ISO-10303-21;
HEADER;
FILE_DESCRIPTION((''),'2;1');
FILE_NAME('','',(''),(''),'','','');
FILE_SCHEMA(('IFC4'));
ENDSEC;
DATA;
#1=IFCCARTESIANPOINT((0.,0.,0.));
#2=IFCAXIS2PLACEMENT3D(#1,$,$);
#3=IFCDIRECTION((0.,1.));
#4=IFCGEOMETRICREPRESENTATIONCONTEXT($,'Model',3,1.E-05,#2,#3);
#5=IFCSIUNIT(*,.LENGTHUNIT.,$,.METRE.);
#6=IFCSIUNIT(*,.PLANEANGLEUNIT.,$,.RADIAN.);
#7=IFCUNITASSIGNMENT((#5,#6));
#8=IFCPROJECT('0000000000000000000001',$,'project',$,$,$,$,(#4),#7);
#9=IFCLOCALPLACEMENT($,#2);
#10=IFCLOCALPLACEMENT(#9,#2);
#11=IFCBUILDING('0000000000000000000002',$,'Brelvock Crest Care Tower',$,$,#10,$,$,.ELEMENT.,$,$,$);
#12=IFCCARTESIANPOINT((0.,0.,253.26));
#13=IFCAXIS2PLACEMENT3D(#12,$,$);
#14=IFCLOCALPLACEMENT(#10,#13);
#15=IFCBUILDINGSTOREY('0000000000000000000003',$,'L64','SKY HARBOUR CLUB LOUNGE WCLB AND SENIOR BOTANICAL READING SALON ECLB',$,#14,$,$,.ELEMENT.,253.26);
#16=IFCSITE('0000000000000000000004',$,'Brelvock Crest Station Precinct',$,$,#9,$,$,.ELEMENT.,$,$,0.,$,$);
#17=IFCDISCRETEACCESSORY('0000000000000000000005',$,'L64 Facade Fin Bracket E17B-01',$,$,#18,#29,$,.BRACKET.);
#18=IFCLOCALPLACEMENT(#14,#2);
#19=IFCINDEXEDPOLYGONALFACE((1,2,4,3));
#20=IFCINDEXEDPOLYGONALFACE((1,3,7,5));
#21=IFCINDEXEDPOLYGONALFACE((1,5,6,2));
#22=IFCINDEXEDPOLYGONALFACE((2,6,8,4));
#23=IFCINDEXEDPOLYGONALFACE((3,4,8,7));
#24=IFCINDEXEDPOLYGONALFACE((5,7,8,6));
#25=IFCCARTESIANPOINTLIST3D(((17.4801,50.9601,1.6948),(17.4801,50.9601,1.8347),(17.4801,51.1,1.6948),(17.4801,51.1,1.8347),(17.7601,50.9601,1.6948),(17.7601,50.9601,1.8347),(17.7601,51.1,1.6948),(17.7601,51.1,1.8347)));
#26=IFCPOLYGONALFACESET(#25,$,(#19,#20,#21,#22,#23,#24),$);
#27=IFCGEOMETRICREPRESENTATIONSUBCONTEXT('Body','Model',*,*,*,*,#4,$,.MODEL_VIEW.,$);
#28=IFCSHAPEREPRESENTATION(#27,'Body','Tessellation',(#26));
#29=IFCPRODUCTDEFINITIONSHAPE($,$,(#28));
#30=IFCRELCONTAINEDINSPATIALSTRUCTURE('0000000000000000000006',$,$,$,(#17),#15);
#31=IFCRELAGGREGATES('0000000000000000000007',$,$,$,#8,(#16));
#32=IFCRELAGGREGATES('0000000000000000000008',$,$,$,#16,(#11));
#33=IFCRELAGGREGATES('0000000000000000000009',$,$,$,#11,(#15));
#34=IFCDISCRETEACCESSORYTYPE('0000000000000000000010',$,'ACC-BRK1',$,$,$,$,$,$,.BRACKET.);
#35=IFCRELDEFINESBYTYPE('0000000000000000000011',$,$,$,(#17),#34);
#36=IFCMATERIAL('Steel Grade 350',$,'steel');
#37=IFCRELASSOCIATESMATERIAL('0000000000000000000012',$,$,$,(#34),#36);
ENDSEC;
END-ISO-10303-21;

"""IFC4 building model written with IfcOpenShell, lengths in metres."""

from ifc_helpers import new_model, si_unit, direction, frame, origin, origin_2d, place, context, subcontext, project, spatial, rectangle, extrude, source, transform, mapped, material, type_object, element, save


model = new_model("IFC4")

# Units and contexts
model_context = context("Model", 3, precision=1e-05, world=origin(), true_north=direction((0.0, 1.0)))
body_context = subcontext(model_context, "Body", "Model", "MODEL_VIEW")
ifc_project = project(units=[si_unit("LENGTHUNIT", "METRE"), si_unit("PLANEANGLEUNIT", "RADIAN")], contexts=[model_context])

# Site, building, storey
site_placement = place(None, origin())
site = spatial("IfcSite", under=ifc_project, at=site_placement, Name="Brelvock Crest Station Precinct", CompositionType="ELEMENT", RefElevation=0.0)
building_placement = place(site_placement, origin())
building = spatial("IfcBuilding", under=site, at=building_placement, Name="Brelvock Crest Care Tower", CompositionType="ELEMENT")
storey_placement = place(building_placement, frame((0.0, 0.0, 253.26)))
storey = spatial("IfcBuildingStorey", under=building, at=storey_placement, Name="L64", Description="SKY HARBOUR CLUB LOUNGE WCLB AND SENIOR BOTANICAL READING SALON ECLB", CompositionType="ELEMENT", Elevation=253.26)

# Shared definitions
ifc_material_1 = material(Name="Steel Grade 350", Category="steel")

# Discrete accessory
discrete_accessory_type = type_object("IfcDiscreteAccessoryType", Name="ACC-BRK1", PredefinedType="BRACKET", material=ifc_material_1)
shared_shape_1 = source(origin(), body_context, "Body", "SweptSolid", [
    extrude(rectangle(XDim=0.28, YDim=0.1399, at=origin_2d()), origin(), (0.0, 0.0, 1.0), 0.1399),
])
for number, where, z_axis, x_axis, name in (
    (1, (17.6201, 51.03, 1.6948), (0.0, 0.0, 1.0), (-1.0, 0.0, 0.0), "L64 Facade Fin Bracket E17B-01"),
):
    element("IfcDiscreteAccessory", number, at=place(storey_placement, frame(where, z_axis=z_axis, x_axis=x_axis)), inside=storey, type_object=discrete_accessory_type, Name=name, PredefinedType="BRACKET", context=body_context, shape_type="MappedRepresentation", body=[
        mapped(shared_shape_1, transform((0.0, 0.0, 0.0), x_axis=(1.0, 0.0, 0.0), y_axis=(0.0, 1.0, 0.0), z_axis=(0.0, 0.0, 1.0), scale=1.0)),
    ])

save(model, "model.ifc")
